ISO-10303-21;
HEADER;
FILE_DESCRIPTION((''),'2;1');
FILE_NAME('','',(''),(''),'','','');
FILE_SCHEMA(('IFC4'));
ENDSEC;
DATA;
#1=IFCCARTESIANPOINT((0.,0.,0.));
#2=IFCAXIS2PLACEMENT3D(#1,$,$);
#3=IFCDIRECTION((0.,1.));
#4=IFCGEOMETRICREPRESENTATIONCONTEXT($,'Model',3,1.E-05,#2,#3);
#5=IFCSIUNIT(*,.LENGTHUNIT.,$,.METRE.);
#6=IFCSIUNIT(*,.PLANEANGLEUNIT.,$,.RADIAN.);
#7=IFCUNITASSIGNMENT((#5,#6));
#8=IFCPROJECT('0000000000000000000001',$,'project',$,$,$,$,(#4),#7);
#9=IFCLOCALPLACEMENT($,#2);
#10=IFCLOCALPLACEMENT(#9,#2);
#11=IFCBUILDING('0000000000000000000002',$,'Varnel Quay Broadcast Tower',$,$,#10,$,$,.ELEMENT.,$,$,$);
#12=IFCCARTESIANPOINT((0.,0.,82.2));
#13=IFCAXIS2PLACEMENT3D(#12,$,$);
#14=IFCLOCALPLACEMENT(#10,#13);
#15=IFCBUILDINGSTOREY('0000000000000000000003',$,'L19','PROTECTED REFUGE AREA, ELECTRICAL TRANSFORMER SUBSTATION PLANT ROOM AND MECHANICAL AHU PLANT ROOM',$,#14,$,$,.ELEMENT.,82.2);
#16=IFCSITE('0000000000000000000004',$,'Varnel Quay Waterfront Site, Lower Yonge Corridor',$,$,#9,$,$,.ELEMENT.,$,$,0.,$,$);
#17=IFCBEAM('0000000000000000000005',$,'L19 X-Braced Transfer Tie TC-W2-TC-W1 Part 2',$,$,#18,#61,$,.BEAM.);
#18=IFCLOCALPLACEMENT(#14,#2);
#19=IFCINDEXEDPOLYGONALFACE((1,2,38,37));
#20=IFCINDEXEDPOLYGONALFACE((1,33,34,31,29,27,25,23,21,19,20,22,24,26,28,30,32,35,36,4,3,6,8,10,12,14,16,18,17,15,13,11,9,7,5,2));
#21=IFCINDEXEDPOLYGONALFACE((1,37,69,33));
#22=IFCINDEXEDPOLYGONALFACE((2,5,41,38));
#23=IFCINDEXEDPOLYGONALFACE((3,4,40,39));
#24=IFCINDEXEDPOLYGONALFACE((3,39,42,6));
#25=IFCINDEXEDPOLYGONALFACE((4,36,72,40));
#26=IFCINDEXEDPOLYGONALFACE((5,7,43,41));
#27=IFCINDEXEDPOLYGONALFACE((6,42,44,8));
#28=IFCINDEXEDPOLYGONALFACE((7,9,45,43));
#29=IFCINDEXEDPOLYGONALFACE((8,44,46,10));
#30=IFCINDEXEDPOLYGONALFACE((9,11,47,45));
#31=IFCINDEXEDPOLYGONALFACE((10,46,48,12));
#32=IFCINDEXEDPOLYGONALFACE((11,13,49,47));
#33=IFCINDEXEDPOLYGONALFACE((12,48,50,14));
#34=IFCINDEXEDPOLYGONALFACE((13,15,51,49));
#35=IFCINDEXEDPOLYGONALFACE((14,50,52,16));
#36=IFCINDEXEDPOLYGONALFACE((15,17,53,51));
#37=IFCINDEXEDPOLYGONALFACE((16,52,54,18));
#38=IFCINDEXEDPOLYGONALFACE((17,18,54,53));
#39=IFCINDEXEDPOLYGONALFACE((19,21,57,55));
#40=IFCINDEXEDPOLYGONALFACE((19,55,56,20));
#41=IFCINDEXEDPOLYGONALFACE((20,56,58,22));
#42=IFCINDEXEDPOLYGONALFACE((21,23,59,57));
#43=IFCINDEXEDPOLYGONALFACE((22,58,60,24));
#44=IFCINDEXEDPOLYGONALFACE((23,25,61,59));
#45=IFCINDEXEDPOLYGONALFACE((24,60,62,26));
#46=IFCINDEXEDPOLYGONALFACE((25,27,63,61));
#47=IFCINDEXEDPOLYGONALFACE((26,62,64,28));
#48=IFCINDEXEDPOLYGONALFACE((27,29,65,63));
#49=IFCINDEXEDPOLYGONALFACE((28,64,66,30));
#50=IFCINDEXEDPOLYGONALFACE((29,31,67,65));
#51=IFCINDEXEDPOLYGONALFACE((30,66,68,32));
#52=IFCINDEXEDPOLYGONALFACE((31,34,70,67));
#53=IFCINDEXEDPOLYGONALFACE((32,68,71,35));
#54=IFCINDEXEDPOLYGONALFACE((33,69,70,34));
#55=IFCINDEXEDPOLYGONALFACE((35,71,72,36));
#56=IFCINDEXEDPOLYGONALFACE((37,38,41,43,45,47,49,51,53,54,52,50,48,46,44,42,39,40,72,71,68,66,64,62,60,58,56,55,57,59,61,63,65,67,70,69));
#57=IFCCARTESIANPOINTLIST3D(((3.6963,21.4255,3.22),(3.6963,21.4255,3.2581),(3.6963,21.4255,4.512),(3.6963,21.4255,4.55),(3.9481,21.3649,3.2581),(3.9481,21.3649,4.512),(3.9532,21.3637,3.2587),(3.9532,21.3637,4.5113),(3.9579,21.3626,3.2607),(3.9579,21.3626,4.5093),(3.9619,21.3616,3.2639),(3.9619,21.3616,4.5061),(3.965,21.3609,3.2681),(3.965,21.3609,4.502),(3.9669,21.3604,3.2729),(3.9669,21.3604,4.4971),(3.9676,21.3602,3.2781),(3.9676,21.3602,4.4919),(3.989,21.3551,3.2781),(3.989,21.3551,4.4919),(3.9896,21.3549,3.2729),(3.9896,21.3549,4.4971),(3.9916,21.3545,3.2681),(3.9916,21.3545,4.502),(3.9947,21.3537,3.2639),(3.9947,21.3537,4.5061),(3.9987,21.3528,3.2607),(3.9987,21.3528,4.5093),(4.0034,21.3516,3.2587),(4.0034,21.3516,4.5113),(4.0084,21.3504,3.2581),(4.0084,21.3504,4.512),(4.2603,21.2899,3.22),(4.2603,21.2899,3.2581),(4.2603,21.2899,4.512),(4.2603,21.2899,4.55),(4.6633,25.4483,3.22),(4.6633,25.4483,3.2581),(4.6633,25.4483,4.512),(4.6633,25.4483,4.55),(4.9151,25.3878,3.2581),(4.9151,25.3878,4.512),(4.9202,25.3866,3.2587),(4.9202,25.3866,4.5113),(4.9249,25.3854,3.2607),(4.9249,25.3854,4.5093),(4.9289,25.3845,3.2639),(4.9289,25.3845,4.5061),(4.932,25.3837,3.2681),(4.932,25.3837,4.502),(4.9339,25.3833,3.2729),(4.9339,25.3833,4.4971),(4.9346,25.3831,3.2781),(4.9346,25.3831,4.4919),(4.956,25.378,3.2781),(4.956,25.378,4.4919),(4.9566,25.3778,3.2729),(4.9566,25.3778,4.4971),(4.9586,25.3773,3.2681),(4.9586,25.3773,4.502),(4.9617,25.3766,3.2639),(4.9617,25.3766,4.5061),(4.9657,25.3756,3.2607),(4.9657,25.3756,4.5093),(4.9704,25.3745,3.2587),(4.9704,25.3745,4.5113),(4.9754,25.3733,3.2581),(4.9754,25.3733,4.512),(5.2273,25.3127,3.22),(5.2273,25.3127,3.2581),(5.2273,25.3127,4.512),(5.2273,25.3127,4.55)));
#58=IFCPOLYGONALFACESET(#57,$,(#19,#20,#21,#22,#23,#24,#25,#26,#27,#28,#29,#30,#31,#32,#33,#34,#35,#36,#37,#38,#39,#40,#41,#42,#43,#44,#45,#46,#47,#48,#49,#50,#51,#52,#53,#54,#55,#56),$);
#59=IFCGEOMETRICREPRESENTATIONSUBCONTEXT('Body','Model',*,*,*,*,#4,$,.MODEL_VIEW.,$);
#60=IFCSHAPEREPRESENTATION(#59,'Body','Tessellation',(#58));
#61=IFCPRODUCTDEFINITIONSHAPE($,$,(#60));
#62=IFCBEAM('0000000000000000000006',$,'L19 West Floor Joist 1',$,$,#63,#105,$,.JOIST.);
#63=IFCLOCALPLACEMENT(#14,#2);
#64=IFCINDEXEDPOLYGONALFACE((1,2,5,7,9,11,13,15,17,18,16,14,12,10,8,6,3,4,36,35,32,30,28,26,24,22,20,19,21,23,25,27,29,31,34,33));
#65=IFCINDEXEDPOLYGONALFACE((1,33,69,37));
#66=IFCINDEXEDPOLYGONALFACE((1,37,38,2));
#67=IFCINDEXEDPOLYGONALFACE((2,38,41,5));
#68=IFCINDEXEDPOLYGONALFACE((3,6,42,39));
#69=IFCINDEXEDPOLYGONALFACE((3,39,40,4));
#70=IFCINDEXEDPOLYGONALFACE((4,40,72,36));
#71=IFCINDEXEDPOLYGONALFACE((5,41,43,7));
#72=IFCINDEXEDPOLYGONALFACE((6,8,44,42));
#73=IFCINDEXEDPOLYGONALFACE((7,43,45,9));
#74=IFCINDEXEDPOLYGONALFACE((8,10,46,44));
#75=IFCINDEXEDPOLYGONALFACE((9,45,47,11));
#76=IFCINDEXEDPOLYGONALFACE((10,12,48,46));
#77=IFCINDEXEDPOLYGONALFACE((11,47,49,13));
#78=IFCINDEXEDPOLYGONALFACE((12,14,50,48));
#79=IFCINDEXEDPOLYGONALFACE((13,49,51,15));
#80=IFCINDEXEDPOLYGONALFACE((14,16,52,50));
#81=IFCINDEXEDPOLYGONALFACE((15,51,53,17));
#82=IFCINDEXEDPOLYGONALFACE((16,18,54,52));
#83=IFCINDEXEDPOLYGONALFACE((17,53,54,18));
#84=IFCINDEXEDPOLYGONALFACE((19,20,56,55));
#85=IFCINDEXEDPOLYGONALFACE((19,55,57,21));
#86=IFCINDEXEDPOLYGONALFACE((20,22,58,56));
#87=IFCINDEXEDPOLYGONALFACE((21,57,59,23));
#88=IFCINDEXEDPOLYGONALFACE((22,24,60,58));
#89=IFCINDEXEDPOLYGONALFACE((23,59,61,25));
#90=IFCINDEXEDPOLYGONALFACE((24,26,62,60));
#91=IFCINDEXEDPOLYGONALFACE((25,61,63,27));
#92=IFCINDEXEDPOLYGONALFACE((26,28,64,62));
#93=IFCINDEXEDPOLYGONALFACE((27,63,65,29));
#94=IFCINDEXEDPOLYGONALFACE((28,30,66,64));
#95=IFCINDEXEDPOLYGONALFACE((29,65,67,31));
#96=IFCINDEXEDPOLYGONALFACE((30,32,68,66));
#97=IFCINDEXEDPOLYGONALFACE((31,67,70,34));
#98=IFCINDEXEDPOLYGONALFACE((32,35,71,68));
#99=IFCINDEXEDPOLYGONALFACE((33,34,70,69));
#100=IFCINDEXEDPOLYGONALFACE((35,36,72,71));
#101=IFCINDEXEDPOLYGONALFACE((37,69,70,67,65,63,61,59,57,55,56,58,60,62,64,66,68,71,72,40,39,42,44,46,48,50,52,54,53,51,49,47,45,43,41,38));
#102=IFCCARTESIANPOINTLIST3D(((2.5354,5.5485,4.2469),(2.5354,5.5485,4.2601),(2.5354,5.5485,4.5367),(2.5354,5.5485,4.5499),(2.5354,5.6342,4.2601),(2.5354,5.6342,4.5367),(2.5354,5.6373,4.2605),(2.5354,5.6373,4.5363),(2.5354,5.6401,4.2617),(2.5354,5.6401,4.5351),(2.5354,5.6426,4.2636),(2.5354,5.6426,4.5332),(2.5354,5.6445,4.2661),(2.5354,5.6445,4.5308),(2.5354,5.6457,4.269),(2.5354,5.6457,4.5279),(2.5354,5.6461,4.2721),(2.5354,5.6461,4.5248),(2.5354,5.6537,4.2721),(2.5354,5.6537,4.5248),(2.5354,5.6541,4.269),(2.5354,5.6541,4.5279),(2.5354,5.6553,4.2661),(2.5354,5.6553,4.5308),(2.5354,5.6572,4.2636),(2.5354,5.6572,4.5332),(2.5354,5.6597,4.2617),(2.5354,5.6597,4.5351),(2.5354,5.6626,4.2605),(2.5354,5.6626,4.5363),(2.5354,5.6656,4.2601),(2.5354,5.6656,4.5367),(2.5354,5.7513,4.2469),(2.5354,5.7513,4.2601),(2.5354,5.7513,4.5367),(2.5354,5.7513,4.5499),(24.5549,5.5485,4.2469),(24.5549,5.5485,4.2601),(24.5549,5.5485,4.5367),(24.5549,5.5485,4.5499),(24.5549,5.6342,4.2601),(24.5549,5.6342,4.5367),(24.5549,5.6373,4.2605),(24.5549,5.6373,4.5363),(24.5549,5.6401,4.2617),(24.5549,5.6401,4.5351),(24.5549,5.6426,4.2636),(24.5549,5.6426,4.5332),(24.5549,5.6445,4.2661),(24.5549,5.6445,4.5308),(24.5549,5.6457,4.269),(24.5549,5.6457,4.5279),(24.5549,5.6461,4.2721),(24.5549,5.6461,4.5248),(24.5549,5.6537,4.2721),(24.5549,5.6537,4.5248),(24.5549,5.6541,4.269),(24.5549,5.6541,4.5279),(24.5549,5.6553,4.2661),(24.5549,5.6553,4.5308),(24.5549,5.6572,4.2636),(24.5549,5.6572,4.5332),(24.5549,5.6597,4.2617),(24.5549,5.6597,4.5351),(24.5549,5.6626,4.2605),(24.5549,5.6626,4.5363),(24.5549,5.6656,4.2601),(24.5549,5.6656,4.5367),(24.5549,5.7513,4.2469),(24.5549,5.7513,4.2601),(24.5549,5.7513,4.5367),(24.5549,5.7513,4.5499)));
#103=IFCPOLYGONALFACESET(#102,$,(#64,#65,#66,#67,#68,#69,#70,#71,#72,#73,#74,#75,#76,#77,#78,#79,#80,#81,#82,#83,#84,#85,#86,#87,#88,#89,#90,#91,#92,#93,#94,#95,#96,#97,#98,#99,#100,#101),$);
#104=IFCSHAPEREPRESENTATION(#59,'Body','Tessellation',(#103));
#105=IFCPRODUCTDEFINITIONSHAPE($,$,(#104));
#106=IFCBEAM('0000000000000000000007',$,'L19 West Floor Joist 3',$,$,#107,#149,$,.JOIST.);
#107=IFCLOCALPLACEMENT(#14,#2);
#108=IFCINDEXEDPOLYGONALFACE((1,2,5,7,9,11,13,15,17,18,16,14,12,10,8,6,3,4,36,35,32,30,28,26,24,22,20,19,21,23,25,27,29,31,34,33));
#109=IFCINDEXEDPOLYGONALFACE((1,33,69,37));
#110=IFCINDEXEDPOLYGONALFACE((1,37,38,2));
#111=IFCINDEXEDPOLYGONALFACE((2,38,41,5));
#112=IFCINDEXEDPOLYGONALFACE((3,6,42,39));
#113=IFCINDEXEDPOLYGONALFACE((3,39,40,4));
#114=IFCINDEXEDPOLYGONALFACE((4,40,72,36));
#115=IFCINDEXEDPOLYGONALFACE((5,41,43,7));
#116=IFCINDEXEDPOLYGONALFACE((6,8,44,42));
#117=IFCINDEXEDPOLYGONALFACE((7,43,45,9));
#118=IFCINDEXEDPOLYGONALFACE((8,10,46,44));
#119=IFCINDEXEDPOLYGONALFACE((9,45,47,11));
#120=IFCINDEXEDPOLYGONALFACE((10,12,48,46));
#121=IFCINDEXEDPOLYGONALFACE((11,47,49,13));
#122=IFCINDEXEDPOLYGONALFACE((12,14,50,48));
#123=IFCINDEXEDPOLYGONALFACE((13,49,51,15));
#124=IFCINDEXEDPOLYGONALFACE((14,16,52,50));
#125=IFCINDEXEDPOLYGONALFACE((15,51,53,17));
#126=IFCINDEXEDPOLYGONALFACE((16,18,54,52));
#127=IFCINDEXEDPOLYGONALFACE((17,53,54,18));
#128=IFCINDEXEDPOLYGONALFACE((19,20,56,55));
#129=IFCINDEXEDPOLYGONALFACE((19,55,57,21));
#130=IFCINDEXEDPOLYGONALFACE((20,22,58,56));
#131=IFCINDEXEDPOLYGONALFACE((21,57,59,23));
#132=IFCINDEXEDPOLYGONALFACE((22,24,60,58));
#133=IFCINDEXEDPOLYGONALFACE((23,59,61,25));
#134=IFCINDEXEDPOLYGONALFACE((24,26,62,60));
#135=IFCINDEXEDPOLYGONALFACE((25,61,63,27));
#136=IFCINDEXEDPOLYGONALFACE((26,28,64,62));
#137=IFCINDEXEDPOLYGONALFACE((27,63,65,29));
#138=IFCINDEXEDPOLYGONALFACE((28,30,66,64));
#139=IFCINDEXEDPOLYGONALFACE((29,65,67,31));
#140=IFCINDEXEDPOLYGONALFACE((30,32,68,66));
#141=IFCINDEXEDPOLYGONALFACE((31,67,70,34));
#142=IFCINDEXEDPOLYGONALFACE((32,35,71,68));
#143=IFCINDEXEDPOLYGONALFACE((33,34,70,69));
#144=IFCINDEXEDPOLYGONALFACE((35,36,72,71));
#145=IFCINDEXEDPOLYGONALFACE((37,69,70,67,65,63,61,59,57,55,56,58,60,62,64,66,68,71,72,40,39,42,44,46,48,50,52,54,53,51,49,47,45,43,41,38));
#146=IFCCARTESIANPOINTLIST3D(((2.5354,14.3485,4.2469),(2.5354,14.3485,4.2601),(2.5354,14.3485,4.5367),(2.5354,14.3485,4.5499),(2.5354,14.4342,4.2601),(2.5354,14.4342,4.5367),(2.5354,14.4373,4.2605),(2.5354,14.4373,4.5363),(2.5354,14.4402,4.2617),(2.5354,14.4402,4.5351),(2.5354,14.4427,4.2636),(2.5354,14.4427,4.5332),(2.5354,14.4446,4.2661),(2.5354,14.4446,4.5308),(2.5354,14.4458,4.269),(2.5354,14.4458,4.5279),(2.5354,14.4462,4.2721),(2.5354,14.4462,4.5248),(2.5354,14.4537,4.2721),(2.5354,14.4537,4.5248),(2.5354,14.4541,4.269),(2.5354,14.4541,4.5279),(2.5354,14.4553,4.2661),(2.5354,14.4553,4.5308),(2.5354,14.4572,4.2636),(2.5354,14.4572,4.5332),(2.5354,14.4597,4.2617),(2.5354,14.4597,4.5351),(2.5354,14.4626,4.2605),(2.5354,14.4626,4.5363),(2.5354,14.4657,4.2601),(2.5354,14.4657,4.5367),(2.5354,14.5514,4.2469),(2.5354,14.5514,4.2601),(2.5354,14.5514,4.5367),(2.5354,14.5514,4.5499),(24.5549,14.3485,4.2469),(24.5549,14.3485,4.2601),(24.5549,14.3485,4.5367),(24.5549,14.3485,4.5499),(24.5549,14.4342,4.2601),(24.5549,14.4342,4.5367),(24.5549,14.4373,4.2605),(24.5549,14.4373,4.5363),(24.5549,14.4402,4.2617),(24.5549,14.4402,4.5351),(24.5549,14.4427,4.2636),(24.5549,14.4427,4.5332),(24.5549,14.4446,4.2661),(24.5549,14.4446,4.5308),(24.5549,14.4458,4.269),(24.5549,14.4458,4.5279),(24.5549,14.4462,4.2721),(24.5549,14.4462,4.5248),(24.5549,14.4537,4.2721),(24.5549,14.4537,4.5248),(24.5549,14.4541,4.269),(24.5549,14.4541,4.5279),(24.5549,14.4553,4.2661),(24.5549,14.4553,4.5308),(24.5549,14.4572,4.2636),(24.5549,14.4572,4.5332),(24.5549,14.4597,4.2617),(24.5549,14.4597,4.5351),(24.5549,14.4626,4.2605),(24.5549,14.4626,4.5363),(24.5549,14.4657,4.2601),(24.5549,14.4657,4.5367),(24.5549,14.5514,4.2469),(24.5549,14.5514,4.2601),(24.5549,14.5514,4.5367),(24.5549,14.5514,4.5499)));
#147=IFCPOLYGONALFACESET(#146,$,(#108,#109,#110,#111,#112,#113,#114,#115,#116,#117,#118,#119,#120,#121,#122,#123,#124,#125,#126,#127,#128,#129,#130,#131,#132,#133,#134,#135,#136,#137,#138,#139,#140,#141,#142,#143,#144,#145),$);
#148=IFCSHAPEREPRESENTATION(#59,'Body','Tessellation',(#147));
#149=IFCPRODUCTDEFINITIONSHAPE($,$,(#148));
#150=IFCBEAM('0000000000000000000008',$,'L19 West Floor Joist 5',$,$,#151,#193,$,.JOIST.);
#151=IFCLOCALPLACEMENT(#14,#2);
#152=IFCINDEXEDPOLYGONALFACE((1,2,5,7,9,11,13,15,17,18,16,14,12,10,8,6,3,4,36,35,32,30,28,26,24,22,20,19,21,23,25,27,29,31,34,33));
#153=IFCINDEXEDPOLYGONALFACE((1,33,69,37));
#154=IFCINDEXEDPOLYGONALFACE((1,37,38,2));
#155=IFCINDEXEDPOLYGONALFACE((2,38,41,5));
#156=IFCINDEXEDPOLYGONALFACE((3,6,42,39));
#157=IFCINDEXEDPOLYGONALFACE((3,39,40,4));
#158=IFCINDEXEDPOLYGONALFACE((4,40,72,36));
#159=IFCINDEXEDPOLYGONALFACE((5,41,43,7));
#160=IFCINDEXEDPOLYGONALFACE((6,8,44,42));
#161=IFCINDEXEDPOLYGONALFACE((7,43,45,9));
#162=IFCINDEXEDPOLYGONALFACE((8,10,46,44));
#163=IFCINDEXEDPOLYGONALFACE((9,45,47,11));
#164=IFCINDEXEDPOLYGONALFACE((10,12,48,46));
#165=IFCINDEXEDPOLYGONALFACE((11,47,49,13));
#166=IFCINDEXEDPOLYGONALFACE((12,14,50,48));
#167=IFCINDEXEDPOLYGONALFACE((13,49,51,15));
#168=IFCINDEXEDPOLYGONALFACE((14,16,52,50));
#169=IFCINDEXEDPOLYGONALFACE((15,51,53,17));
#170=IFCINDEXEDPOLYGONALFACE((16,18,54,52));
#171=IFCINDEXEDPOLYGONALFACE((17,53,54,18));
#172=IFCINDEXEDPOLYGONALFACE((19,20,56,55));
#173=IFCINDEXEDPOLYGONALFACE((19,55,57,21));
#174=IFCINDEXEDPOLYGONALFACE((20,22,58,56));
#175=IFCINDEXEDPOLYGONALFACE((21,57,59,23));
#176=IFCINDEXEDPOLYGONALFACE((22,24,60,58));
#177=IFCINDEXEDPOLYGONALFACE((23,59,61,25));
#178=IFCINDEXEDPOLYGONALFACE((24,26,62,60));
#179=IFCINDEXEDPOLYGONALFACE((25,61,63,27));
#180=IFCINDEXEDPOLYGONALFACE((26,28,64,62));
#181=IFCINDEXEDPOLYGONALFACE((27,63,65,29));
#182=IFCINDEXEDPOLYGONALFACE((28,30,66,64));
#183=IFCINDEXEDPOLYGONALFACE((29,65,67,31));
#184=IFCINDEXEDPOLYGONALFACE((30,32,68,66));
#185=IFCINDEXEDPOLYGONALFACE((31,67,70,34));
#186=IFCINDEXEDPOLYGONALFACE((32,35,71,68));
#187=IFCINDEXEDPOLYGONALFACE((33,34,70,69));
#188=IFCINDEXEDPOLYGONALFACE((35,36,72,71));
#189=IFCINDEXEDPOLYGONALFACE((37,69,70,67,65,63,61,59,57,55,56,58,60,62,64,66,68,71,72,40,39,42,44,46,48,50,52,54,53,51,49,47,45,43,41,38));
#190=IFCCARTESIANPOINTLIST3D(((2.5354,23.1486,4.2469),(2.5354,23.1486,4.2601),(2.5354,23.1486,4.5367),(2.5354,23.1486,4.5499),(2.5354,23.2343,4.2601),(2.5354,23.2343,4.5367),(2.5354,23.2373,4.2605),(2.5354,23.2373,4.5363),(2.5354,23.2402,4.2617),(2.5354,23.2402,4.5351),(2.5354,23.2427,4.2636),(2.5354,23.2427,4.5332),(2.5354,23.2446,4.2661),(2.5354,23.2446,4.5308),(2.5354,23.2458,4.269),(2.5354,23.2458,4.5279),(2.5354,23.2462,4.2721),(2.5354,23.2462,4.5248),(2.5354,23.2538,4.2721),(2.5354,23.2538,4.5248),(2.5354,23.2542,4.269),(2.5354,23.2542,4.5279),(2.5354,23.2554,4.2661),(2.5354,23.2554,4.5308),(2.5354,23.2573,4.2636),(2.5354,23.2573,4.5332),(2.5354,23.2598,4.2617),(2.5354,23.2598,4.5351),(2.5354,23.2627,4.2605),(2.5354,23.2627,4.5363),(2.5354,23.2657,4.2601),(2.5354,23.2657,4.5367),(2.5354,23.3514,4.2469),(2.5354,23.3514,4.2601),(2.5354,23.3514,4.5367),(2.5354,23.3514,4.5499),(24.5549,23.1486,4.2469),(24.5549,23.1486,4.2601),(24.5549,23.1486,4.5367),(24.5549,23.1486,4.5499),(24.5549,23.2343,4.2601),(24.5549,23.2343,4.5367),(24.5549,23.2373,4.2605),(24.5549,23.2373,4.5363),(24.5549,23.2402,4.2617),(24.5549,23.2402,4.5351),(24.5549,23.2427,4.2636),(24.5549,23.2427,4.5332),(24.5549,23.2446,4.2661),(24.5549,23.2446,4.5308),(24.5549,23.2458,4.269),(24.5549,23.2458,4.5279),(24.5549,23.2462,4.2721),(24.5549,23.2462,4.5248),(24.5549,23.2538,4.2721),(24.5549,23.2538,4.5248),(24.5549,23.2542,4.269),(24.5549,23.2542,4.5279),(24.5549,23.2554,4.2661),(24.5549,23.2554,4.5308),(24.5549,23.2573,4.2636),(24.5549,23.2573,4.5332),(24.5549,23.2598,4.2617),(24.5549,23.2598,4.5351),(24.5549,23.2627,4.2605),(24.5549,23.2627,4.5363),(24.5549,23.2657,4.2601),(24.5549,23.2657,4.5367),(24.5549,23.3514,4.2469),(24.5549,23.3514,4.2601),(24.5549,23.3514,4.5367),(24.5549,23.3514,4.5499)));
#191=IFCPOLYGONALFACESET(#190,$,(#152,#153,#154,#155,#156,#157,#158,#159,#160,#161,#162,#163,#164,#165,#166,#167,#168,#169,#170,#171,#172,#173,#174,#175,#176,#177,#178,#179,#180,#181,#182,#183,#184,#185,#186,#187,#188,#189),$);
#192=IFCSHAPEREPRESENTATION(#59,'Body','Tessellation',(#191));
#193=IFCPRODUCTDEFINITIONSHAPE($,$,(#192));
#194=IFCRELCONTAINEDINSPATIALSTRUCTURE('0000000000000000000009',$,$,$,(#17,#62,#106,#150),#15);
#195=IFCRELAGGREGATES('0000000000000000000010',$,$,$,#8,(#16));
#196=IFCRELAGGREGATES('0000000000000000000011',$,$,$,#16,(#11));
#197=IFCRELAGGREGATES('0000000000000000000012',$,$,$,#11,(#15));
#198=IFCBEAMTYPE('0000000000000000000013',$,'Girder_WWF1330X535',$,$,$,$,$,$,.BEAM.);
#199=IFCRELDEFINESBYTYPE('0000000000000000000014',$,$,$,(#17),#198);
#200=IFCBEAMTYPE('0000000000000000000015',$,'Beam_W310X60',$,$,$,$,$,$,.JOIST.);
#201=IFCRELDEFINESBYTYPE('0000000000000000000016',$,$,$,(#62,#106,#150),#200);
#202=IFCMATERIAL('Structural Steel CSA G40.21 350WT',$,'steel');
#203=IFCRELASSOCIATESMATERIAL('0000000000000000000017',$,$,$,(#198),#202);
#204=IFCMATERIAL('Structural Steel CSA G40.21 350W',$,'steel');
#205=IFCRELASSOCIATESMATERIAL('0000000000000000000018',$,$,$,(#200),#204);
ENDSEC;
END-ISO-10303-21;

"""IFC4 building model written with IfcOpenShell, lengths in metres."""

from ifc_helpers import new_model, si_unit, direction, frame, origin, origin_2d, place, context, subcontext, project, spatial, i_section, extrude, source, transform, mapped, material, material_profile, profile_set, type_object, type_shapes, element, save


model = new_model("IFC4")

# Units and contexts
model_context = context("Model", 3, precision=1e-05, world=origin(), true_north=direction((0.0, 1.0)))
body_context = subcontext(model_context, "Body", "Model", "MODEL_VIEW")
ifc_project = project(units=[si_unit("LENGTHUNIT", "METRE"), si_unit("PLANEANGLEUNIT", "RADIAN")], contexts=[model_context])

# Site, building, storey
site_placement = place(None, origin())
site = spatial("IfcSite", under=ifc_project, at=site_placement, Name="Varnel Quay Waterfront Site, Lower Yonge Corridor", CompositionType="ELEMENT", RefElevation=0.0)
building_placement = place(site_placement, origin())
building = spatial("IfcBuilding", under=site, at=building_placement, Name="Varnel Quay Broadcast Tower", CompositionType="ELEMENT")
storey_placement = place(building_placement, frame((0.0, 0.0, 82.2)))
storey = spatial("IfcBuildingStorey", under=building, at=storey_placement, Name="L19", Description="PROTECTED REFUGE AREA, ELECTRICAL TRANSFORMER SUBSTATION PLANT ROOM AND MECHANICAL AHU PLANT ROOM", CompositionType="ELEMENT", Elevation=82.2)

# Shared definitions
ifc_material_1 = material(Name="Structural Steel CSA G40.21 350W", Category="steel")

# Beams
ifc_material_2 = material(Name="Structural Steel CSA G40.21 350WT", Category="steel")
ifc_material_profile_1 = material_profile(ifc_material_2, i_section(OverallWidth=0.5801, OverallDepth=1.3301, WebThickness=0.022, FlangeThickness=0.0381, FilletRadius=0.02, at=origin_2d()), Name="WWF1330X535")
ifc_profile_set_1 = profile_set([ifc_material_profile_1], Name="Structural Steel CSA G40.21 350WT")
beam_type_1 = type_object("IfcBeamType", Name="Girder_WWF1330X535", PredefinedType="BEAM", material=ifc_profile_set_1)
shared_shape_1 = source(origin(), body_context, "Body", "SweptSolid", [
    extrude(i_section(OverallWidth=0.5801, OverallDepth=1.3301, WebThickness=0.022, FlangeThickness=0.0381, FilletRadius=0.02, at=origin_2d()), origin(), (0.0, 0.0, 1.0), 4.1375),
])
for number, where, z_axis, x_axis, name in (
    (1, (3.9783, 21.3577, 3.885), (0.233723, 0.972303, 0.0), (-0.972303, 0.233723, 0.0), "L19 X-Braced Transfer Tie TC-W2-TC-W1 Part 2"),
):
    element("IfcBeam", number, at=place(storey_placement, frame(where, z_axis=z_axis, x_axis=x_axis)), inside=storey, type_object=beam_type_1, Name=name, PredefinedType="BEAM", context=body_context, shape_type="MappedRepresentation", body=[
        mapped(shared_shape_1, transform((0.0, 0.0, 0.0), x_axis=(1.0, 0.0, 0.0), y_axis=(0.0, 1.0, 0.0), z_axis=(0.0, 0.0, 1.0), scale=1.0)),
    ])
ifc_material_profile_2 = material_profile(ifc_material_1, i_section(OverallWidth=0.2029, OverallDepth=0.303, WebThickness=0.0076, FlangeThickness=0.0132, FilletRadius=0.012, at=origin_2d()), Name="W310X60")
ifc_profile_set_2 = profile_set([ifc_material_profile_2], Name="Structural Steel CSA G40.21 350W")
beam_type_2 = type_object("IfcBeamType", Name="Beam_W310X60", PredefinedType="JOIST", material=ifc_profile_set_2)
shared_shape_2 = source(origin(), body_context, "Body", "SweptSolid", [
    extrude(i_section(OverallWidth=0.2029, OverallDepth=0.303, WebThickness=0.0076, FlangeThickness=0.0132, FilletRadius=0.012, at=origin_2d()), origin(), (0.0, 0.0, 1.0), 22.0195),
])
type_shapes(beam_type_2, [shared_shape_2])
for number, where, z_axis, x_axis, name in (
    (2, (2.5354, 5.6499, 4.3984), (1.0, 0.0, 0.0), (0.0, 1.0, 0.0), "L19 West Floor Joist 1"),
    (3, (2.5354, 14.45, 4.3984), (1.0, 0.0, 0.0), (0.0, 1.0, 0.0), "L19 West Floor Joist 3"),
    (4, (2.5354, 23.25, 4.3984), (1.0, 0.0, 0.0), (0.0, 1.0, 0.0), "L19 West Floor Joist 5"),
):
    element("IfcBeam", number, at=place(storey_placement, frame(where, z_axis=z_axis, x_axis=x_axis)), inside=storey, type_object=beam_type_2, Name=name, PredefinedType="JOIST", context=body_context, shape_type="MappedRepresentation", body=[
        mapped(shared_shape_2, transform((0.0, 0.0, 0.0), x_axis=(1.0, 0.0, 0.0), y_axis=(0.0, 1.0, 0.0), z_axis=(0.0, 0.0, 1.0), scale=1.0)),
    ])

save(model, "model.ifc")
